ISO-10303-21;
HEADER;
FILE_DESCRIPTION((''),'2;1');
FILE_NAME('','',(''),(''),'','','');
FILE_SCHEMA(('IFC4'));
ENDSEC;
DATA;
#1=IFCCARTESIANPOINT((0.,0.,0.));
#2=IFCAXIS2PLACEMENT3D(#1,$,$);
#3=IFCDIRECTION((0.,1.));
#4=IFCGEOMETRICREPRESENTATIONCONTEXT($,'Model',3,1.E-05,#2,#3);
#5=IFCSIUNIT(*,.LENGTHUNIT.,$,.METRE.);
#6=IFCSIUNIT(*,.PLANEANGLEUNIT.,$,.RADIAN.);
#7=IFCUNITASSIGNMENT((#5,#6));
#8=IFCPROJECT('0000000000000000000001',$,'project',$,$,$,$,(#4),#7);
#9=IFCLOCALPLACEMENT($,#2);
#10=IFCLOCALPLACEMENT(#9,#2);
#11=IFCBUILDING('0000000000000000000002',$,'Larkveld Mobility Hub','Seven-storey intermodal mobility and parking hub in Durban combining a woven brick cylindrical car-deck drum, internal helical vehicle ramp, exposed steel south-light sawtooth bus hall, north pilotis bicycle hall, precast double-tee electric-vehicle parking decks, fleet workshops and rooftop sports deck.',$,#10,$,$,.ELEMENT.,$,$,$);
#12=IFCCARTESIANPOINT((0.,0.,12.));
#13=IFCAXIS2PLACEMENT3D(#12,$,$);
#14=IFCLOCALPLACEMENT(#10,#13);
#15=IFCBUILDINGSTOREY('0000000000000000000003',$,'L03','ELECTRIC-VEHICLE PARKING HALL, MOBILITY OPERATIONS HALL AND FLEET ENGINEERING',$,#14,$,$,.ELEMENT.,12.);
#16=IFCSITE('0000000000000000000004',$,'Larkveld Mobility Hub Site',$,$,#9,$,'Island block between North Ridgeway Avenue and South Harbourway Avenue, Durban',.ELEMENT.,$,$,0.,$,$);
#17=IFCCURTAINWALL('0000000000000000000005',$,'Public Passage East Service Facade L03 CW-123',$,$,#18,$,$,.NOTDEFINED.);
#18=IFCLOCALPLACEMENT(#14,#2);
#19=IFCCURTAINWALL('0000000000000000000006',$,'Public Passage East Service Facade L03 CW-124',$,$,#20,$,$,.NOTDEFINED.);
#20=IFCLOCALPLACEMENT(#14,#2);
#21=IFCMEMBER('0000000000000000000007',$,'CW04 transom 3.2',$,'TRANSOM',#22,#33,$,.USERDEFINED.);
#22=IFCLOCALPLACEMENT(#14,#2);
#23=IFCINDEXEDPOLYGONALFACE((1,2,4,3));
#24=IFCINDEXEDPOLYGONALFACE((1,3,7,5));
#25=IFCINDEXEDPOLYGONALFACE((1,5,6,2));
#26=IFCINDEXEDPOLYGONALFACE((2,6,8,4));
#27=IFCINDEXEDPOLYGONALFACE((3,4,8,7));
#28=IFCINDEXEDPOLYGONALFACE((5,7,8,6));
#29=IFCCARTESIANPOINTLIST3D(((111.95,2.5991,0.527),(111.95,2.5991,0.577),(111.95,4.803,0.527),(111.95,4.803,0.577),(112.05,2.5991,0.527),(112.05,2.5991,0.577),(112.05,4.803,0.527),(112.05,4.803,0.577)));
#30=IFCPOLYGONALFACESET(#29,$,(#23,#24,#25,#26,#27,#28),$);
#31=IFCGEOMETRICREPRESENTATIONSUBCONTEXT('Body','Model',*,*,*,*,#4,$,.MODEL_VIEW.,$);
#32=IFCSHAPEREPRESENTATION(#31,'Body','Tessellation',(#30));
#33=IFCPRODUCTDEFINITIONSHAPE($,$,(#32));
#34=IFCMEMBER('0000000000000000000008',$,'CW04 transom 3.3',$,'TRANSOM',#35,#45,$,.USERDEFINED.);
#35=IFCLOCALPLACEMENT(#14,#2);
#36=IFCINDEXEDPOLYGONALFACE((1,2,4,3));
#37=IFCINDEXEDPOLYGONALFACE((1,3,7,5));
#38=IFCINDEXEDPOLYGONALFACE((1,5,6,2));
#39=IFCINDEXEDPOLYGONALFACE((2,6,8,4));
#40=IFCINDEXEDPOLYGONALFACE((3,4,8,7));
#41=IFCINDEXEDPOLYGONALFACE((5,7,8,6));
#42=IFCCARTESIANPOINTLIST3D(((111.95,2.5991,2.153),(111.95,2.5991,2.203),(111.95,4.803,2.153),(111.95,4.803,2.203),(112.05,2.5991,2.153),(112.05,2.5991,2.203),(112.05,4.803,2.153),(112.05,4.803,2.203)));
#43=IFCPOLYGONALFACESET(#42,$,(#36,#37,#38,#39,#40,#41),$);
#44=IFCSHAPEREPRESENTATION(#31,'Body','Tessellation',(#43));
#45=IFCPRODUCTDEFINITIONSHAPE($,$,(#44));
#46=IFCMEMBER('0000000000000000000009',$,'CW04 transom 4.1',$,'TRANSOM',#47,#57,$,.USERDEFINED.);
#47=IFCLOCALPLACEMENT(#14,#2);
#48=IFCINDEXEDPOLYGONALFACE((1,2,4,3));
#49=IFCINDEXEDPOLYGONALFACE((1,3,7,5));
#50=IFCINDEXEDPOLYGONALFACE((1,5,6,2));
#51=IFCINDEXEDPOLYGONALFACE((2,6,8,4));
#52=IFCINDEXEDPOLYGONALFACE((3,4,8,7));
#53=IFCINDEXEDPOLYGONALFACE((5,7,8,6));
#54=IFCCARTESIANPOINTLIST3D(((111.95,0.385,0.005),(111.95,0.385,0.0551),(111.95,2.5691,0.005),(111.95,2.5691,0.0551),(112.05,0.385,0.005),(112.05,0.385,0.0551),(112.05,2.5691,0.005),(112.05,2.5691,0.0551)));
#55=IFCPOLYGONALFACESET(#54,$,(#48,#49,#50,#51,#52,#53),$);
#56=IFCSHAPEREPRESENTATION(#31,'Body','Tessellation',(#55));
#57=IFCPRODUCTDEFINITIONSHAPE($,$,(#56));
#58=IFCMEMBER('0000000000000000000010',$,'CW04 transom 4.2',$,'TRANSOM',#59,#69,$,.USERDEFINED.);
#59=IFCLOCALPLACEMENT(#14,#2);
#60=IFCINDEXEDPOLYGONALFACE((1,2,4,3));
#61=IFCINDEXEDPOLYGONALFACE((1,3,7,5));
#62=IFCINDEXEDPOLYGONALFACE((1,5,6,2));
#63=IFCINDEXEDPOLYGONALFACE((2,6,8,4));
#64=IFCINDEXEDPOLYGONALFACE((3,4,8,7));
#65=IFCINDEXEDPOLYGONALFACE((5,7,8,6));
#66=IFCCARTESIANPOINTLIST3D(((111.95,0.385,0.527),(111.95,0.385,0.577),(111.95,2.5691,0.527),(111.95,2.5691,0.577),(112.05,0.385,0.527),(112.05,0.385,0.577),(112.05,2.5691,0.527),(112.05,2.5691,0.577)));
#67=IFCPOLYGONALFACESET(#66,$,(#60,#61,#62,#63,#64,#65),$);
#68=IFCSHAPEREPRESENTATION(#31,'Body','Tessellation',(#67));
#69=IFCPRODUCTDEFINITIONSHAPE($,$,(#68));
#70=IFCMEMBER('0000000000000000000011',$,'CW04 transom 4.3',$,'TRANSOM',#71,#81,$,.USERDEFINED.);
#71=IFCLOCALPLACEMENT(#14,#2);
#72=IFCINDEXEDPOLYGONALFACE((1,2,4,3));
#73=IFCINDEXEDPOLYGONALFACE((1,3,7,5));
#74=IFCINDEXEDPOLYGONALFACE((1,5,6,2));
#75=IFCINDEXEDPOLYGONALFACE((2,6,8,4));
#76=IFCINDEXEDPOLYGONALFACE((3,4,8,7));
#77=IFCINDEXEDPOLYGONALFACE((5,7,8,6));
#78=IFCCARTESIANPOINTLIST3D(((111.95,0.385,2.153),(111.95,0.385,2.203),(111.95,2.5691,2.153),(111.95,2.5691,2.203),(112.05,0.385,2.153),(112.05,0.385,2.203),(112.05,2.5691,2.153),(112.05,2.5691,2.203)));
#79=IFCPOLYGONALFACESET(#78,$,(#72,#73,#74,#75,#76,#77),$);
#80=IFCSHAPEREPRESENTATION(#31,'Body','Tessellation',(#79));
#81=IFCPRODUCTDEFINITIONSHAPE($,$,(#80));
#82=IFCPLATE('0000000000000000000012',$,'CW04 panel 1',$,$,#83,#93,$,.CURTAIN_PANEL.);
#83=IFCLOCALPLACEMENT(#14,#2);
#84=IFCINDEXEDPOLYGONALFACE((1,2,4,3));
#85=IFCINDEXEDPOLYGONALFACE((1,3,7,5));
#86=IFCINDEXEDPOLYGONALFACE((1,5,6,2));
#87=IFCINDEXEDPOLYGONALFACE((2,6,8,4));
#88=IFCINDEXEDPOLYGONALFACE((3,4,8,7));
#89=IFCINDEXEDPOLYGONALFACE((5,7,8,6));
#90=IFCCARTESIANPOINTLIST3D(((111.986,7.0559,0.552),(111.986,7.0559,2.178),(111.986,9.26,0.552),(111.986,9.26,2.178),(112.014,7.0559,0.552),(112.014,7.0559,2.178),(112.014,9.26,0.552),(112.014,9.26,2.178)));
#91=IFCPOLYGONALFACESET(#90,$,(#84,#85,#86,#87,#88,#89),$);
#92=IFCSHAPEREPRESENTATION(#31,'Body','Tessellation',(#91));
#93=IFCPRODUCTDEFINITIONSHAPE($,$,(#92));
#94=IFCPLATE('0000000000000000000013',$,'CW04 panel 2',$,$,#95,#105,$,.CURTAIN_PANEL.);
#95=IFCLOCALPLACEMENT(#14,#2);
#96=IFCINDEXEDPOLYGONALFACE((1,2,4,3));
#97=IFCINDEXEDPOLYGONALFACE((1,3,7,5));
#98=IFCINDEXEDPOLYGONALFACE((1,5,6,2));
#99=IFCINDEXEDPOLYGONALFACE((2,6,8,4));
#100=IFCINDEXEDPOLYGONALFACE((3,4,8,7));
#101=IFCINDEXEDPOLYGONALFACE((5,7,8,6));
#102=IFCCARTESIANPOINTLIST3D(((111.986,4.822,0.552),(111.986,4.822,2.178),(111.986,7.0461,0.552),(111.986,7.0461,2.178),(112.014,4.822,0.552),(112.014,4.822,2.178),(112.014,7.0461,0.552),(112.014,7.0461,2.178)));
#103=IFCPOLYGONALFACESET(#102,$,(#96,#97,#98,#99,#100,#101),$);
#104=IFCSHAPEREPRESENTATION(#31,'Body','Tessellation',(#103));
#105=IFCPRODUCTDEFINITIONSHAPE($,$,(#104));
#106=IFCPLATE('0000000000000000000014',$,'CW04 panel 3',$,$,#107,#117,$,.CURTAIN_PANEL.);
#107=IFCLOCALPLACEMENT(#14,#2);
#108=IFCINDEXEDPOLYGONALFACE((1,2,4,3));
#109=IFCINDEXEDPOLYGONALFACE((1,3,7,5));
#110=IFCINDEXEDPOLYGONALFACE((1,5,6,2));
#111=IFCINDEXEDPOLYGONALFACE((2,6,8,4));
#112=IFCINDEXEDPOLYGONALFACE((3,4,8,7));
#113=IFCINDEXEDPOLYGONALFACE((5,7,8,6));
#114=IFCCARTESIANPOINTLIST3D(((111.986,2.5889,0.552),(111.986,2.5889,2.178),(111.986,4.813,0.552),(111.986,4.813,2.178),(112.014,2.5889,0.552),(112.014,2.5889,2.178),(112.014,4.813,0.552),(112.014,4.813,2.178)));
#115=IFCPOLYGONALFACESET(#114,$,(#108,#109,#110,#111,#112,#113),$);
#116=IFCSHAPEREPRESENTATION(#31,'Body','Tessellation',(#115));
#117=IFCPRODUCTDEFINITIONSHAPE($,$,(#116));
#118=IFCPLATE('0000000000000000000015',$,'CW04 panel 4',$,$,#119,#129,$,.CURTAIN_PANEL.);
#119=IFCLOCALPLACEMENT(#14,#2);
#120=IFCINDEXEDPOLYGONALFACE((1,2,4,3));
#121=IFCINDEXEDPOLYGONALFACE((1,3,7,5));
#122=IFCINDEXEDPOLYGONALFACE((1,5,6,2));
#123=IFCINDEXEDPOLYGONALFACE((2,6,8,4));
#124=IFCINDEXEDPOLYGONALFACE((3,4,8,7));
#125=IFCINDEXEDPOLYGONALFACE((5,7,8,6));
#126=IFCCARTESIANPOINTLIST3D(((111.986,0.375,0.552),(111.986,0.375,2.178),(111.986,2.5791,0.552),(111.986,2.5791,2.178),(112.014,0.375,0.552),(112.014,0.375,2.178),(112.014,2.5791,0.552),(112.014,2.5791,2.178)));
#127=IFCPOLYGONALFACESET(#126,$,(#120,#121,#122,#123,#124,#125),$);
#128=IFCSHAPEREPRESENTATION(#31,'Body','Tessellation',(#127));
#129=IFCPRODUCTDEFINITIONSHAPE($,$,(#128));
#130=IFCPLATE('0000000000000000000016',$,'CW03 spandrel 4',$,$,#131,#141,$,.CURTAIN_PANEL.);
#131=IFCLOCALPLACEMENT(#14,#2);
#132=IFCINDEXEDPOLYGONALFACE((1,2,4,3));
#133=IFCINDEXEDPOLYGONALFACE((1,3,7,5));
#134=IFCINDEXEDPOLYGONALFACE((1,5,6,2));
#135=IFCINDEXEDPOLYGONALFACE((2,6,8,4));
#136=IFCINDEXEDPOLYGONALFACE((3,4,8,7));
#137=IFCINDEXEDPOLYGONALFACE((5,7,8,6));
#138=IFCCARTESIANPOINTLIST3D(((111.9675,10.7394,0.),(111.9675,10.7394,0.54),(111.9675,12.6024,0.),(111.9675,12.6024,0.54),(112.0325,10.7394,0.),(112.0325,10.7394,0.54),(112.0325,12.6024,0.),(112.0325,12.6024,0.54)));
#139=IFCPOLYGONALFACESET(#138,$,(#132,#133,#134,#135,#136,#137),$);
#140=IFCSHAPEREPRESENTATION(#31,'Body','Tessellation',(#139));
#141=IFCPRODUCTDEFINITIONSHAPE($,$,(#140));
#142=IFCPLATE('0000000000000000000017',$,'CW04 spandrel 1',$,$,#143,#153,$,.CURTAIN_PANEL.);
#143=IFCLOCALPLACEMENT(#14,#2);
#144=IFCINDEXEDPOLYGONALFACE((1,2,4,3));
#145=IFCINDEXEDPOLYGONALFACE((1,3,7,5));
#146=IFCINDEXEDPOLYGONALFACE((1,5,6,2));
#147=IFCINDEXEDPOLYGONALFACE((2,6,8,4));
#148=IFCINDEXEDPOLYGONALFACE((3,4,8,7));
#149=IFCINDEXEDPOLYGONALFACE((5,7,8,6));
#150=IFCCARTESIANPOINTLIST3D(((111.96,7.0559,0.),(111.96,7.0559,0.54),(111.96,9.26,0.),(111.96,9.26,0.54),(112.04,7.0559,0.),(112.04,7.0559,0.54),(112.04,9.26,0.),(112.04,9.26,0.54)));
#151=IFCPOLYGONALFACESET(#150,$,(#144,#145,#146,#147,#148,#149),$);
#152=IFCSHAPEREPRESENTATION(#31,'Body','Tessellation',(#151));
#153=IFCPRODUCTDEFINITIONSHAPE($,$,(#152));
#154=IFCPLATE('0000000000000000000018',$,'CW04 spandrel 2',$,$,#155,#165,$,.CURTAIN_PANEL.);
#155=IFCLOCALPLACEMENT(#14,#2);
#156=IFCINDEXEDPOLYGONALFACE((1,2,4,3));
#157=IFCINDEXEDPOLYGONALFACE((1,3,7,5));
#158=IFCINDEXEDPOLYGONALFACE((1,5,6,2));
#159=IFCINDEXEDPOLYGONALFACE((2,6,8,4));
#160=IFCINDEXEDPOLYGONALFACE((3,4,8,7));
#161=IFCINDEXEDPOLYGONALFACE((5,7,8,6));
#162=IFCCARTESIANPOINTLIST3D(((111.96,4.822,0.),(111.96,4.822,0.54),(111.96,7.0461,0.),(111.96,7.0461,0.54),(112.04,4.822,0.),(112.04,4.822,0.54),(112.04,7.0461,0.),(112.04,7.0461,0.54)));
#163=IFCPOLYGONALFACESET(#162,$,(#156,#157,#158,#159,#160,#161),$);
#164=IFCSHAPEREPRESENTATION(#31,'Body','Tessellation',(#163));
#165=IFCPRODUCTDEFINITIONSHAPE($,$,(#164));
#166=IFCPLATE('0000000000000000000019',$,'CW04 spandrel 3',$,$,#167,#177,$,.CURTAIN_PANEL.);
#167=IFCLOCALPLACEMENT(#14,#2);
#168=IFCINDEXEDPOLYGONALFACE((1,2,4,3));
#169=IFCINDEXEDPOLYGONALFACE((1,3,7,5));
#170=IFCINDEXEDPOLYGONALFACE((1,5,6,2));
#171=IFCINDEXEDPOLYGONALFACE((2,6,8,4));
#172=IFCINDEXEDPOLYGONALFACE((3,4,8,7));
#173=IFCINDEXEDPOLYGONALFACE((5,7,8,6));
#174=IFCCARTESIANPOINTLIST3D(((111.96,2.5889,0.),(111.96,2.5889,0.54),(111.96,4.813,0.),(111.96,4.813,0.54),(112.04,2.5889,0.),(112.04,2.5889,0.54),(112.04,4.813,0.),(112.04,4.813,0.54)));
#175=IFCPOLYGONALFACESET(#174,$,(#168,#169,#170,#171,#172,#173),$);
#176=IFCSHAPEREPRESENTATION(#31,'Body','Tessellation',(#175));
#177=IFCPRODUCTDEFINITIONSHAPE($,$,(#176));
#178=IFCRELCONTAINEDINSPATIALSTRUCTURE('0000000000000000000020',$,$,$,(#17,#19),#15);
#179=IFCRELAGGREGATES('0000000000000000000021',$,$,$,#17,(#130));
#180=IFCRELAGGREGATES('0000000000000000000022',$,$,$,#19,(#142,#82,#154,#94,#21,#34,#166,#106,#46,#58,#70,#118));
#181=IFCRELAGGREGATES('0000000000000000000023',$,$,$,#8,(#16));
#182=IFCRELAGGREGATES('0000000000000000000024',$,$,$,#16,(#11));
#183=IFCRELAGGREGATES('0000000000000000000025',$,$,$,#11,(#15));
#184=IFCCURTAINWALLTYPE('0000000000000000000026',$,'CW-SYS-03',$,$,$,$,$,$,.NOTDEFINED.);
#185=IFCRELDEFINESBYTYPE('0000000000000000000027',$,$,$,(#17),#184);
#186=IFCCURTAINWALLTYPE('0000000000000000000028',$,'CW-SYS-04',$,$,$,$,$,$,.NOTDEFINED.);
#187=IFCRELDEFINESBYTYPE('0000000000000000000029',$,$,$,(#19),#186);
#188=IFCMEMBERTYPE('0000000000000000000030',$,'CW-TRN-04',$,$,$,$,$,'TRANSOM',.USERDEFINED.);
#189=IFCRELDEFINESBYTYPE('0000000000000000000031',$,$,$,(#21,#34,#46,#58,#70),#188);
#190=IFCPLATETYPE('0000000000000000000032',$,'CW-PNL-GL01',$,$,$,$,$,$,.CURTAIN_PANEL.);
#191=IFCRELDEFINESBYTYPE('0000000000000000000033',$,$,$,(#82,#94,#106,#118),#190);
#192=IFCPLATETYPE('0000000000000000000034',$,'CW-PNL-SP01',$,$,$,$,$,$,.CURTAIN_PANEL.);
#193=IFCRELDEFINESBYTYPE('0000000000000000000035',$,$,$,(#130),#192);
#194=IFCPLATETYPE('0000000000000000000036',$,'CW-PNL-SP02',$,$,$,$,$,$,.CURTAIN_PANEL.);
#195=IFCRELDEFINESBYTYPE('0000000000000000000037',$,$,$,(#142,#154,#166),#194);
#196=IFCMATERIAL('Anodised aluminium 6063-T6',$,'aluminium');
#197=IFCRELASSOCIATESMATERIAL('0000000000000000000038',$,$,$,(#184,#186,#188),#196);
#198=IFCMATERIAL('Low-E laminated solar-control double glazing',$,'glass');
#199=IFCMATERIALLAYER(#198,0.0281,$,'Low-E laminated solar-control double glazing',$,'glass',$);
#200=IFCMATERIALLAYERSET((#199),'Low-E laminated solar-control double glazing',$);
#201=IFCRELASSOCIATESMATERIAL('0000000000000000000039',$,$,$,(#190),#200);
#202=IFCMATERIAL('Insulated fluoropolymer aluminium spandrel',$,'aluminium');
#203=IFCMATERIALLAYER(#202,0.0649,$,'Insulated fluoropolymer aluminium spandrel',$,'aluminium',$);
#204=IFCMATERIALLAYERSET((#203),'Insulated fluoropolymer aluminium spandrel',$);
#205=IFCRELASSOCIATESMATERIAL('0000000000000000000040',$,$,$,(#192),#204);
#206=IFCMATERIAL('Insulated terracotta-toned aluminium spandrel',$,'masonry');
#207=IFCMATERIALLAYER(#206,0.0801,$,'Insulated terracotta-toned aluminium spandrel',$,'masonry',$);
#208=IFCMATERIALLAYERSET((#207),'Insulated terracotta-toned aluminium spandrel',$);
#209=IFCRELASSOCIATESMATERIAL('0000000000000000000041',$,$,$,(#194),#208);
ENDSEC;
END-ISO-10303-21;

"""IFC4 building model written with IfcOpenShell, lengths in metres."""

from ifc_helpers import new_model, si_unit, direction, frame, origin, origin_2d, place, context, subcontext, project, spatial, rectangle, extrude, material, layer, layer_set, material_profile, profile_set, type_object, element, aggregate, save


model = new_model("IFC4")

# Units and contexts
model_context = context("Model", 3, precision=1e-05, world=origin(), true_north=direction((0.0, 1.0)))
body_context = subcontext(model_context, "Body", "Model", "MODEL_VIEW")
ifc_project = project(units=[si_unit("LENGTHUNIT", "METRE"), si_unit("PLANEANGLEUNIT", "RADIAN")], contexts=[model_context])

# Site, building, storey
site_placement = place(None, origin())
site = spatial("IfcSite", under=ifc_project, at=site_placement, Name="Larkveld Mobility Hub Site", LongName="Island block between North Ridgeway Avenue and South Harbourway Avenue, Durban", CompositionType="ELEMENT", RefElevation=0.0)
building_placement = place(site_placement, origin())
building = spatial("IfcBuilding", under=site, at=building_placement, Name="Larkveld Mobility Hub", Description="Seven-storey intermodal mobility and parking hub in Durban combining a woven brick cylindrical car-deck drum, internal helical vehicle ramp, exposed steel south-light sawtooth bus hall, north pilotis bicycle hall, precast double-tee electric-vehicle parking decks, fleet workshops and rooftop sports deck.", CompositionType="ELEMENT")
storey_placement = place(building_placement, frame((0.0, 0.0, 12.0)))
storey = spatial("IfcBuildingStorey", under=building, at=storey_placement, Name="L03", Description="ELECTRIC-VEHICLE PARKING HALL, MOBILITY OPERATIONS HALL AND FLEET ENGINEERING", CompositionType="ELEMENT", Elevation=12.0)

# Curtain wall
ifc_material_1 = material(Name="Anodised aluminium 6063-T6", Category="aluminium")
curtain_wall_type_1 = type_object("IfcCurtainWallType", Name="CW-SYS-03", PredefinedType="NOTDEFINED", material=ifc_material_1)
curtain_wall_1_placement = place(storey_placement, origin())
curtain_wall_1 = element("IfcCurtainWall", 1, at=curtain_wall_1_placement, inside=storey, type_object=curtain_wall_type_1, Name="Public Passage East Service Facade L03 CW-123", PredefinedType="NOTDEFINED")

# Curtain wall, members, plates
curtain_wall_type_2 = type_object("IfcCurtainWallType", Name="CW-SYS-04", PredefinedType="NOTDEFINED", material=ifc_material_1)
curtain_wall_2_placement = place(storey_placement, origin())
curtain_wall_2 = element("IfcCurtainWall", 2, at=curtain_wall_2_placement, inside=storey, type_object=curtain_wall_type_2, Name="Public Passage East Service Facade L03 CW-124", PredefinedType="NOTDEFINED")
ifc_material_profile_1 = material_profile(ifc_material_1, rectangle(XDim=0.1001, YDim=0.05, at=origin_2d()), Name="ALU TRAN 50x100")
ifc_profile_set_1 = profile_set([ifc_material_profile_1], Name="Anodised aluminium 6063-T6")
member_type_1 = type_object("IfcMemberType", Name="CW-TRN-04", ElementType="TRANSOM", PredefinedType="USERDEFINED", material=ifc_profile_set_1)
member_1_placement = place(storey_placement, frame((112.0, 4.803, 0.552), z_axis=(0.0, -1.0, 0.0), x_axis=(1.0, 0.0, 0.0)))
member_1 = element("IfcMember", 3, at=member_1_placement, type_object=member_type_1, Name="CW04 transom 3.2", ObjectType="TRANSOM", PredefinedType="USERDEFINED", context=body_context, shape_type="SweptSolid", body=[
    extrude(rectangle(XDim=0.1001, YDim=0.05, at=origin_2d()), origin(), (0.0, 0.0, 1.0), 2.2039),
])
member_2_placement = place(storey_placement, frame((112.0, 4.803, 2.178), z_axis=(0.0, -1.0, 0.0), x_axis=(1.0, 0.0, 0.0)))
member_2 = element("IfcMember", 4, at=member_2_placement, type_object=member_type_1, Name="CW04 transom 3.3", ObjectType="TRANSOM", PredefinedType="USERDEFINED", context=body_context, shape_type="SweptSolid", body=[
    extrude(rectangle(XDim=0.1001, YDim=0.05, at=origin_2d()), origin(), (0.0, 0.0, 1.0), 2.2039),
])
member_3_placement = place(storey_placement, frame((112.0, 2.5691, 0.03), z_axis=(0.0, -1.0, 0.0), x_axis=(1.0, 0.0, 0.0)))
member_3 = element("IfcMember", 5, at=member_3_placement, type_object=member_type_1, Name="CW04 transom 4.1", ObjectType="TRANSOM", PredefinedType="USERDEFINED", context=body_context, shape_type="SweptSolid", body=[
    extrude(rectangle(XDim=0.1001, YDim=0.05, at=origin_2d()), origin(), (0.0, 0.0, 1.0), 2.1841),
])
member_4_placement = place(storey_placement, frame((112.0, 2.5691, 0.552), z_axis=(0.0, -1.0, 0.0), x_axis=(1.0, 0.0, 0.0)))
member_4 = element("IfcMember", 6, at=member_4_placement, type_object=member_type_1, Name="CW04 transom 4.2", ObjectType="TRANSOM", PredefinedType="USERDEFINED", context=body_context, shape_type="SweptSolid", body=[
    extrude(rectangle(XDim=0.1001, YDim=0.05, at=origin_2d()), origin(), (0.0, 0.0, 1.0), 2.1841),
])
member_5_placement = place(storey_placement, frame((112.0, 2.5691, 2.178), z_axis=(0.0, -1.0, 0.0), x_axis=(1.0, 0.0, 0.0)))
member_5 = element("IfcMember", 7, at=member_5_placement, type_object=member_type_1, Name="CW04 transom 4.3", ObjectType="TRANSOM", PredefinedType="USERDEFINED", context=body_context, shape_type="SweptSolid", body=[
    extrude(rectangle(XDim=0.1001, YDim=0.05, at=origin_2d()), origin(), (0.0, 0.0, 1.0), 2.1841),
])
ifc_material_2 = material(Name="Low-E laminated solar-control double glazing", Category="glass")
ifc_layer_1 = layer(ifc_material_2, 0.0281, Name="Low-E laminated solar-control double glazing", Category="glass")
ifc_layer_set_1 = layer_set([ifc_layer_1], Name="Low-E laminated solar-control double glazing")
plate_type_1 = type_object("IfcPlateType", Name="CW-PNL-GL01", PredefinedType="CURTAIN_PANEL", material=ifc_layer_set_1)
plate_1_placement = place(storey_placement, frame((112.0, 8.158, 0.552), z_axis=(0.0, 0.0, 1.0), x_axis=(0.0, -1.0, 0.0)))
plate_1 = element("IfcPlate", 8, at=plate_1_placement, type_object=plate_type_1, Name="CW04 panel 1", PredefinedType="CURTAIN_PANEL", context=body_context, shape_type="SweptSolid", body=[
    extrude(rectangle(XDim=2.2041, YDim=0.0281, at=origin_2d()), origin(), (0.0, 0.0, 1.0), 1.626),
])
plate_2_placement = place(storey_placement, frame((112.0, 5.9341, 0.552), z_axis=(0.0, 0.0, 1.0), x_axis=(0.0, -1.0, 0.0)))
plate_2 = element("IfcPlate", 9, at=plate_2_placement, type_object=plate_type_1, Name="CW04 panel 2", PredefinedType="CURTAIN_PANEL", context=body_context, shape_type="SweptSolid", body=[
    extrude(rectangle(XDim=2.2241, YDim=0.0281, at=origin_2d()), origin(), (0.0, 0.0, 1.0), 1.626),
])
plate_3_placement = place(storey_placement, frame((112.0, 3.7009, 0.552), z_axis=(0.0, 0.0, 1.0), x_axis=(0.0, -1.0, 0.0)))
plate_3 = element("IfcPlate", 10, at=plate_3_placement, type_object=plate_type_1, Name="CW04 panel 3", PredefinedType="CURTAIN_PANEL", context=body_context, shape_type="SweptSolid", body=[
    extrude(rectangle(XDim=2.2241, YDim=0.0281, at=origin_2d()), origin(), (0.0, 0.0, 1.0), 1.626),
])
plate_4_placement = place(storey_placement, frame((112.0, 1.4771, 0.552), z_axis=(0.0, 0.0, 1.0), x_axis=(0.0, -1.0, 0.0)))
plate_4 = element("IfcPlate", 11, at=plate_4_placement, type_object=plate_type_1, Name="CW04 panel 4", PredefinedType="CURTAIN_PANEL", context=body_context, shape_type="SweptSolid", body=[
    extrude(rectangle(XDim=2.2041, YDim=0.0281, at=origin_2d()), origin(), (0.0, 0.0, 1.0), 1.626),
])

# Plates
ifc_material_3 = material(Name="Insulated fluoropolymer aluminium spandrel", Category="aluminium")
ifc_layer_2 = layer(ifc_material_3, 0.0649, Name="Insulated fluoropolymer aluminium spandrel", Category="aluminium")
ifc_layer_set_2 = layer_set([ifc_layer_2], Name="Insulated fluoropolymer aluminium spandrel")
plate_type_2 = type_object("IfcPlateType", Name="CW-PNL-SP01", PredefinedType="CURTAIN_PANEL", material=ifc_layer_set_2)
plate_5_placement = place(storey_placement, frame((112.0, 11.6709, 0.0), z_axis=(0.0, 0.0, 1.0), x_axis=(0.0, -1.0, 0.0)))
plate_5 = element("IfcPlate", 12, at=plate_5_placement, type_object=plate_type_2, Name="CW03 spandrel 4", PredefinedType="CURTAIN_PANEL", context=body_context, shape_type="SweptSolid", body=[
    extrude(rectangle(XDim=1.863, YDim=0.0649, at=origin_2d()), origin(), (0.0, 0.0, 1.0), 0.54),
])
aggregate(curtain_wall_1, [plate_5])
ifc_material_4 = material(Name="Insulated terracotta-toned aluminium spandrel", Category="masonry")
ifc_layer_3 = layer(ifc_material_4, 0.0801, Name="Insulated terracotta-toned aluminium spandrel", Category="masonry")
ifc_layer_set_3 = layer_set([ifc_layer_3], Name="Insulated terracotta-toned aluminium spandrel")
plate_type_3 = type_object("IfcPlateType", Name="CW-PNL-SP02", PredefinedType="CURTAIN_PANEL", material=ifc_layer_set_3)
plate_6_placement = place(storey_placement, frame((112.0, 8.158, 0.0), z_axis=(0.0, 0.0, 1.0), x_axis=(0.0, -1.0, 0.0)))
plate_6 = element("IfcPlate", 13, at=plate_6_placement, type_object=plate_type_3, Name="CW04 spandrel 1", PredefinedType="CURTAIN_PANEL", context=body_context, shape_type="SweptSolid", body=[
    extrude(rectangle(XDim=2.2041, YDim=0.0801, at=origin_2d()), origin(), (0.0, 0.0, 1.0), 0.54),
])
plate_7_placement = place(storey_placement, frame((112.0, 5.9341, 0.0), z_axis=(0.0, 0.0, 1.0), x_axis=(0.0, -1.0, 0.0)))
plate_7 = element("IfcPlate", 14, at=plate_7_placement, type_object=plate_type_3, Name="CW04 spandrel 2", PredefinedType="CURTAIN_PANEL", context=body_context, shape_type="SweptSolid", body=[
    extrude(rectangle(XDim=2.2241, YDim=0.0801, at=origin_2d()), origin(), (0.0, 0.0, 1.0), 0.54),
])
plate_8_placement = place(storey_placement, frame((112.0, 3.7009, 0.0), z_axis=(0.0, 0.0, 1.0), x_axis=(0.0, -1.0, 0.0)))
plate_8 = element("IfcPlate", 15, at=plate_8_placement, type_object=plate_type_3, Name="CW04 spandrel 3", PredefinedType="CURTAIN_PANEL", context=body_context, shape_type="SweptSolid", body=[
    extrude(rectangle(XDim=2.2241, YDim=0.0801, at=origin_2d()), origin(), (0.0, 0.0, 1.0), 0.54),
])
aggregate(curtain_wall_2, [plate_6, plate_1, plate_7, plate_2, member_1, member_2, plate_8, plate_3, member_3, member_4, member_5, plate_4])

save(model, "model.ifc")
